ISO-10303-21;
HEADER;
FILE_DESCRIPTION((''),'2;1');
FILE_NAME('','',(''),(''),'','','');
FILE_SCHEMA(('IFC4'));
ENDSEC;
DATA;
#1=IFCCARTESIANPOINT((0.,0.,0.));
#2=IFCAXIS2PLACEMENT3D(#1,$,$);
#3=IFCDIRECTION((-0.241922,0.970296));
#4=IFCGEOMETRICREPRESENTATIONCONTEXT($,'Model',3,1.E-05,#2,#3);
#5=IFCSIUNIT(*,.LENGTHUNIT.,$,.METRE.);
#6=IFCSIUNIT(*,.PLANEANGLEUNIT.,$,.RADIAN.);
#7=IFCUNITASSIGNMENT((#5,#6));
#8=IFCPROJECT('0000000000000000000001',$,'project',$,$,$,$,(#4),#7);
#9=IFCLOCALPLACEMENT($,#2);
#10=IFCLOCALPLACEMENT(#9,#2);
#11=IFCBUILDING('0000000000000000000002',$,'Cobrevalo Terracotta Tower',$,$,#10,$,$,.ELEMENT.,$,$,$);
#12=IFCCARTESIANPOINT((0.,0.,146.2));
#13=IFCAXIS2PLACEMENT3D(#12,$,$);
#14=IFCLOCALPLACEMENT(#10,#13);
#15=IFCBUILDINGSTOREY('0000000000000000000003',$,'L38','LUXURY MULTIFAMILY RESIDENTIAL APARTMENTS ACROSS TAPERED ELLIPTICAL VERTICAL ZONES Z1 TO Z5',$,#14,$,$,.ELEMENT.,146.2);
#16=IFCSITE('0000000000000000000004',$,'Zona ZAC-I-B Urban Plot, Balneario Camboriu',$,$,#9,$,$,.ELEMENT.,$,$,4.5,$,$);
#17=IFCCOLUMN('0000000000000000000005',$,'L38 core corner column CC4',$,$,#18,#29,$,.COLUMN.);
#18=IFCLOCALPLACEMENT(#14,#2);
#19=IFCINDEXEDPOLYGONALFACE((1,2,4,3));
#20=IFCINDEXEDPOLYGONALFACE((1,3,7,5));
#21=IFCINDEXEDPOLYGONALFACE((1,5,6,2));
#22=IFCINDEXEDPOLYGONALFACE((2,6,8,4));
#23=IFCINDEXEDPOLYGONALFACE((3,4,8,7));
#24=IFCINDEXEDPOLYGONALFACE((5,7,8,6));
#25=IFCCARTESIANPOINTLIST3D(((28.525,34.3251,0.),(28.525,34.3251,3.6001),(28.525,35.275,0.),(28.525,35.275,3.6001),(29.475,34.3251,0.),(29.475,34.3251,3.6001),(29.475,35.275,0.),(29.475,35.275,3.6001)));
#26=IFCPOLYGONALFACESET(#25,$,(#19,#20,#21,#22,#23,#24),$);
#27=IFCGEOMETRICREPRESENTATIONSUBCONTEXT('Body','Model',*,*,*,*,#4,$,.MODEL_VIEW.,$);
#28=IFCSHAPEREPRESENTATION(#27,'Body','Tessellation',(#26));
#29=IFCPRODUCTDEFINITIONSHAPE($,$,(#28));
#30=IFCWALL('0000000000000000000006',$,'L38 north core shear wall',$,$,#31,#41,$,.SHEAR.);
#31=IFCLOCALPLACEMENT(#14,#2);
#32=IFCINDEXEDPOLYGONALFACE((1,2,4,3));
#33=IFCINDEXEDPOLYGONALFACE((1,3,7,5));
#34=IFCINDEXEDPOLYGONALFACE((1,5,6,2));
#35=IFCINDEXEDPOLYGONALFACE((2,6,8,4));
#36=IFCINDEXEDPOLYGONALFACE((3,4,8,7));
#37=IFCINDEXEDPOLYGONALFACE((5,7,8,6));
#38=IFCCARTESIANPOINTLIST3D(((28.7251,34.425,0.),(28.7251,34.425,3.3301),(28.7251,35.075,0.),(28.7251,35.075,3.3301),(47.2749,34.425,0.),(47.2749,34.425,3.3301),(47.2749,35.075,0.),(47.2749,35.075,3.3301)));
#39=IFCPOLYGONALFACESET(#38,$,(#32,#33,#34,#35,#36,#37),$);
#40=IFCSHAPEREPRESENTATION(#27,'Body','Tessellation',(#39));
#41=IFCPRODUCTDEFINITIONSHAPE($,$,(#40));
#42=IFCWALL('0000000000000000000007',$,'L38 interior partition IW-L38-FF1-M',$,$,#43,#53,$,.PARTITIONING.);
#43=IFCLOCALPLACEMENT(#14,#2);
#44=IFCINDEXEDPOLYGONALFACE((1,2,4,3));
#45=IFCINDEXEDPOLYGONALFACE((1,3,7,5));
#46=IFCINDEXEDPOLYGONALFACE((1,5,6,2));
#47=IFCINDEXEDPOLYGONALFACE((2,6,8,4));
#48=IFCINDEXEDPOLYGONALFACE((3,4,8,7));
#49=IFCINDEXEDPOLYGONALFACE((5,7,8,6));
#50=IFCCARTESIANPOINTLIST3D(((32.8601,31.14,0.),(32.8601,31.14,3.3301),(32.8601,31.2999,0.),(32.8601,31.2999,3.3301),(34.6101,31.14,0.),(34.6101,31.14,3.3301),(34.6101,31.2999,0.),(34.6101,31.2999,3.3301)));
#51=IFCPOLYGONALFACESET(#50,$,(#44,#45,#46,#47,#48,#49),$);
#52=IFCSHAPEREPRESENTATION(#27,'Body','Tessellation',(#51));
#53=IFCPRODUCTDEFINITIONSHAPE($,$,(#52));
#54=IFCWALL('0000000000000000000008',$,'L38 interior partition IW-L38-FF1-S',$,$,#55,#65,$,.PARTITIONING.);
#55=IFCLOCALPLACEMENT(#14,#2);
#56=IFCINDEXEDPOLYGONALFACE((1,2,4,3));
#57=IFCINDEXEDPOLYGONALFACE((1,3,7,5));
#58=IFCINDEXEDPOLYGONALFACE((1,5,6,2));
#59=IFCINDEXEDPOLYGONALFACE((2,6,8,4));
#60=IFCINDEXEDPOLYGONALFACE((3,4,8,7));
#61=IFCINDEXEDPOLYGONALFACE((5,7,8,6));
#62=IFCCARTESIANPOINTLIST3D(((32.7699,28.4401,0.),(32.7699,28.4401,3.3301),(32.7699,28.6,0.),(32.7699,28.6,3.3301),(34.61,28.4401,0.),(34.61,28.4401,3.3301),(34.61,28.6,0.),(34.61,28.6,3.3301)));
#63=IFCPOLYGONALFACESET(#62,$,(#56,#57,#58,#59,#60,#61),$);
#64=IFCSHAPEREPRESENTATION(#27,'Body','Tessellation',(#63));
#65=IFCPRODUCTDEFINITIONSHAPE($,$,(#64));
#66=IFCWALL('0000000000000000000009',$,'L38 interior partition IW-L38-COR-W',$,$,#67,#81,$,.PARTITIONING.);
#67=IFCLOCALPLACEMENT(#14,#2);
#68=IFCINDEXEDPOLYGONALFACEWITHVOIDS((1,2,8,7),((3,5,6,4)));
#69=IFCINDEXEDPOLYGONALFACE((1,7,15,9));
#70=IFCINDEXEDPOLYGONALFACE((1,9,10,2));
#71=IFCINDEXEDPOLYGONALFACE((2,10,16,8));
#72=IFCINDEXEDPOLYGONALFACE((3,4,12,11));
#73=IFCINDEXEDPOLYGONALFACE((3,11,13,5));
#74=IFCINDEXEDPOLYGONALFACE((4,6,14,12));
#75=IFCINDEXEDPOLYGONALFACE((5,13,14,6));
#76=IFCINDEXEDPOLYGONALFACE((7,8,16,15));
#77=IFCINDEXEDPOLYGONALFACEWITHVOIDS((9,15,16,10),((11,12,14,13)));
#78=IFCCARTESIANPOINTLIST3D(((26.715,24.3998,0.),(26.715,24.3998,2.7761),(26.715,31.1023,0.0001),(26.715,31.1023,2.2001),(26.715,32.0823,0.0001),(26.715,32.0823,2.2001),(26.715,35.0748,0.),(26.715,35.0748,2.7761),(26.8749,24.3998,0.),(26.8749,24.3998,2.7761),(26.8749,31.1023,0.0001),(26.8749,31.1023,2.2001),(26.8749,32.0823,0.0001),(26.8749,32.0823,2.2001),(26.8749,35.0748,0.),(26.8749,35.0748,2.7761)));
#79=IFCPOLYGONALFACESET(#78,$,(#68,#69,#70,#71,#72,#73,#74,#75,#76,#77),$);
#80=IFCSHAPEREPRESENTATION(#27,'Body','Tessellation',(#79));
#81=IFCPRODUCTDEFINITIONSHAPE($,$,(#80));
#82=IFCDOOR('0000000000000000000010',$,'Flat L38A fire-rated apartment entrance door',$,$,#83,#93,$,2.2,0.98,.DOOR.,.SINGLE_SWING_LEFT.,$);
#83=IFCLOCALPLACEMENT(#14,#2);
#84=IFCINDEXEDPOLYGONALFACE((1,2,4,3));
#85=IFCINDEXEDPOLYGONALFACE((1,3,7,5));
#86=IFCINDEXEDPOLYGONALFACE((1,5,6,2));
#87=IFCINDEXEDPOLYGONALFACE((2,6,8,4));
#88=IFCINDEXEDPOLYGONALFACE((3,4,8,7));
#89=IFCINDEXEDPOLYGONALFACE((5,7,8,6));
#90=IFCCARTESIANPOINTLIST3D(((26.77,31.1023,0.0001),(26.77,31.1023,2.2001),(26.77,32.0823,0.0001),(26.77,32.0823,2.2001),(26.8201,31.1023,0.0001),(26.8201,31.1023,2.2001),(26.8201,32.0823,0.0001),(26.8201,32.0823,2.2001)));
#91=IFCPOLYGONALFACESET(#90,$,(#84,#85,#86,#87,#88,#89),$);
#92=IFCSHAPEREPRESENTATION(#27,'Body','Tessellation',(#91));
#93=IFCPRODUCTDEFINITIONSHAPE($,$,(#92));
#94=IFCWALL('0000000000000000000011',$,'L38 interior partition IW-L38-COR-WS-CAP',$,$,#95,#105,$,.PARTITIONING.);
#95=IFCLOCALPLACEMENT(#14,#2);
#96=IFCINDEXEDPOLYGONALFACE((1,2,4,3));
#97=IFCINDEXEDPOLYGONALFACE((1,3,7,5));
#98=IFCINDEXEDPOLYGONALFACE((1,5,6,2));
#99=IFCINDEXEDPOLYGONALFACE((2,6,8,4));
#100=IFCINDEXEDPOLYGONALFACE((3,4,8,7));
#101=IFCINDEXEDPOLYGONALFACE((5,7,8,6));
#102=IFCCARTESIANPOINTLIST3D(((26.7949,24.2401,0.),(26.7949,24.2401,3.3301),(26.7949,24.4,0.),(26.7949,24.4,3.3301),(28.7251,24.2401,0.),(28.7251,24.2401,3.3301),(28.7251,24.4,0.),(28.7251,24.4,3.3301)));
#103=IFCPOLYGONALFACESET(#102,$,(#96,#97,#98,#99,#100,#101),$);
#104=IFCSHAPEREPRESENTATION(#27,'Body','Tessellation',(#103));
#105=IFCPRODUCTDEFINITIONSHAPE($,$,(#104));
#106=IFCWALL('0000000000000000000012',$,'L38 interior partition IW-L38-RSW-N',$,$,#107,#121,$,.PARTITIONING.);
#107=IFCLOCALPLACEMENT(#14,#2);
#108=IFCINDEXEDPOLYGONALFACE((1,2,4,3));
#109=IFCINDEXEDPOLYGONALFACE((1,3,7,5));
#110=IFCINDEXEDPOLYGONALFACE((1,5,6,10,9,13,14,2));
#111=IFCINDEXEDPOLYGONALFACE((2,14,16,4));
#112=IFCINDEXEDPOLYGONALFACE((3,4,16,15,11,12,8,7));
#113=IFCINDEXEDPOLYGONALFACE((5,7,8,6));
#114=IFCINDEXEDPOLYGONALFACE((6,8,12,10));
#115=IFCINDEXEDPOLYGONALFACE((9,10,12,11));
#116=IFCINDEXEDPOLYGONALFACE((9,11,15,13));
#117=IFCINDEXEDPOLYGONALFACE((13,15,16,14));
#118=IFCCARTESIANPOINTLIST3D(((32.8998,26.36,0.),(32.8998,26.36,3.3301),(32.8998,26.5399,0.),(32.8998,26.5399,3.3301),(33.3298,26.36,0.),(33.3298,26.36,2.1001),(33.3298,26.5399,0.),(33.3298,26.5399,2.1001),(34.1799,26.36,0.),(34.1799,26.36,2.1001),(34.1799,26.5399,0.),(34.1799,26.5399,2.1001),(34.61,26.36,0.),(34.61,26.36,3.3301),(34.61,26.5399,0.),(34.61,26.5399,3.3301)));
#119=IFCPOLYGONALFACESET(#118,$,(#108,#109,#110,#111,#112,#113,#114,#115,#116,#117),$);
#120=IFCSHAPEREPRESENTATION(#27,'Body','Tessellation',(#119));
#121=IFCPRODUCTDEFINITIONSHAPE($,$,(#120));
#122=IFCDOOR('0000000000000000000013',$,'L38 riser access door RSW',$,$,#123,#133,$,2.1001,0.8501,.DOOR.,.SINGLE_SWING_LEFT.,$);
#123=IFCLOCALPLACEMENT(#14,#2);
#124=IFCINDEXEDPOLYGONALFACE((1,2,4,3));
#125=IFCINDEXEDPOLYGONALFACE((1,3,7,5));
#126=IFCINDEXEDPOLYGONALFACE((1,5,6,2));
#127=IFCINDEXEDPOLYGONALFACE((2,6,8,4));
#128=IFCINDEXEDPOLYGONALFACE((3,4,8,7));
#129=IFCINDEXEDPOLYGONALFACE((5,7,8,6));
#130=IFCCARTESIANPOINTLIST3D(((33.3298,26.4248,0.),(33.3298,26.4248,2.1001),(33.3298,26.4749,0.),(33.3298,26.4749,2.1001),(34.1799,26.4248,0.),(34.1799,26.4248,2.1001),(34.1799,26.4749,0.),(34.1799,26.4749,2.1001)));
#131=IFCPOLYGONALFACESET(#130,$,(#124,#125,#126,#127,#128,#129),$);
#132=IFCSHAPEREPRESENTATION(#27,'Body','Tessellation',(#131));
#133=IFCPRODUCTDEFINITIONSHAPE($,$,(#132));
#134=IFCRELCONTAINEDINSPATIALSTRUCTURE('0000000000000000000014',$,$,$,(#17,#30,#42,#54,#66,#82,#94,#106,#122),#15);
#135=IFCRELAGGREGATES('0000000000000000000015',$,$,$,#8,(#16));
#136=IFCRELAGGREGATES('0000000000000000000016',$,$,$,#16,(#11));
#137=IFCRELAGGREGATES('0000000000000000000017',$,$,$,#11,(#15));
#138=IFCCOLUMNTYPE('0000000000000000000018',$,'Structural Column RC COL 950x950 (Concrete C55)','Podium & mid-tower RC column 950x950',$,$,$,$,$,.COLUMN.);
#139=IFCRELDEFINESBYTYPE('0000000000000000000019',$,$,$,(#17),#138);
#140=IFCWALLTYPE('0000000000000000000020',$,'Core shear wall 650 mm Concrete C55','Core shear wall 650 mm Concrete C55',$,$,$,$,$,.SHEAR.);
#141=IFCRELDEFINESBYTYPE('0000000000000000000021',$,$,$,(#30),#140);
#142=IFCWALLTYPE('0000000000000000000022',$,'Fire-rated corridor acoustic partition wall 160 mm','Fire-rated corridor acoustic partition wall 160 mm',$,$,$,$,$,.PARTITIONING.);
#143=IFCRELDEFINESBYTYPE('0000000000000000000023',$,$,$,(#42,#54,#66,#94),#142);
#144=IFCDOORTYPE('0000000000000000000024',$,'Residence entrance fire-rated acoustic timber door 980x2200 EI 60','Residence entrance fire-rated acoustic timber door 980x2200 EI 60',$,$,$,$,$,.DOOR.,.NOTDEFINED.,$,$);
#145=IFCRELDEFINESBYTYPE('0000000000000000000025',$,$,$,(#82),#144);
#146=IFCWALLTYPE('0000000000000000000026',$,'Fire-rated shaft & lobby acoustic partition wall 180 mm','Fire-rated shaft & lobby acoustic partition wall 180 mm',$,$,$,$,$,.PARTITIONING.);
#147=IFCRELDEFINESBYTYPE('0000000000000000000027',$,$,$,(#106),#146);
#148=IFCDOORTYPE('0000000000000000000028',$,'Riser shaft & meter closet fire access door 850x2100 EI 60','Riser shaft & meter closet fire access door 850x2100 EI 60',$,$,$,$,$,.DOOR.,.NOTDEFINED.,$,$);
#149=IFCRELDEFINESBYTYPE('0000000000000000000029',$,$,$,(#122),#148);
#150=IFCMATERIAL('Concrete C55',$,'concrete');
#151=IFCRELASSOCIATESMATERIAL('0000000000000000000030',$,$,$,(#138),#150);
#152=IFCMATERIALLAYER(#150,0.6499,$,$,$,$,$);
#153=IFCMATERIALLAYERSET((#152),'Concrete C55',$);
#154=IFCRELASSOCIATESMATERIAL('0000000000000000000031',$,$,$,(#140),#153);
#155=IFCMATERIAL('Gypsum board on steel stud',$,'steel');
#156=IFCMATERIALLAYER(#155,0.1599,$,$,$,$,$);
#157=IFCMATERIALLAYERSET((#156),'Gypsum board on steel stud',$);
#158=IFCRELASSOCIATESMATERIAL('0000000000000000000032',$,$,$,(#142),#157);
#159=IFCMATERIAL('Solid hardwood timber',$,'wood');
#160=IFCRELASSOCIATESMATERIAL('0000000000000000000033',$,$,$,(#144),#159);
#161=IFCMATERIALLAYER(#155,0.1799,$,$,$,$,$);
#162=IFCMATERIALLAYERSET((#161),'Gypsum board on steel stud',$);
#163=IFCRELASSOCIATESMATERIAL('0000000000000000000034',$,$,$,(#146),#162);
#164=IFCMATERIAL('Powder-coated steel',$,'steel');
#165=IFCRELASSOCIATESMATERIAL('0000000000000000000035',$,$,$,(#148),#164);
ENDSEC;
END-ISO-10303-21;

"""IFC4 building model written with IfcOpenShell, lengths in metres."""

from ifc_helpers import new_model, si_unit, direction, frame, frame_2d, origin, origin_2d, place, context, subcontext, project, spatial, rectangle, extrude, source, transform, mapped, material, layer, layer_set, material_profile, profile_set, type_object, element, fill, save


model = new_model("IFC4")

# Units and contexts
model_context = context("Model", 3, precision=1e-05, world=origin(), true_north=direction((-0.241922, 0.970296)))
body_context = subcontext(model_context, "Body", "Model", "MODEL_VIEW")
ifc_project = project(units=[si_unit("LENGTHUNIT", "METRE"), si_unit("PLANEANGLEUNIT", "RADIAN")], contexts=[model_context])

# Site, building, storey
site_placement = place(None, origin())
site = spatial("IfcSite", under=ifc_project, at=site_placement, Name="Zona ZAC-I-B Urban Plot, Balneario Camboriu", CompositionType="ELEMENT", RefElevation=4.5)
building_placement = place(site_placement, origin())
building = spatial("IfcBuilding", under=site, at=building_placement, Name="Cobrevalo Terracotta Tower", CompositionType="ELEMENT")
storey_placement = place(building_placement, frame((0.0, 0.0, 146.2)))
storey = spatial("IfcBuildingStorey", under=building, at=storey_placement, Name="L38", Description="LUXURY MULTIFAMILY RESIDENTIAL APARTMENTS ACROSS TAPERED ELLIPTICAL VERTICAL ZONES Z1 TO Z5", CompositionType="ELEMENT", Elevation=146.2)

# Column
ifc_material_1 = material(Name="Concrete C55", Category="concrete")
ifc_material_profile = material_profile(ifc_material_1, rectangle(XDim=0.95, YDim=0.95, at=origin_2d()), Name="RC COL 950x950")
ifc_profile_set = profile_set([ifc_material_profile], Name="Concrete C55")
column_type = type_object("IfcColumnType", Name="Structural Column RC COL 950x950 (Concrete C55)", Description="Podium & mid-tower RC column 950x950", PredefinedType="COLUMN", material=ifc_profile_set)
column_placement = place(storey_placement, frame((29.0, 34.8, 0.0), z_axis=(0.0, 0.0, 1.0), x_axis=(1.0, 0.0, 0.0)))
element("IfcColumn", 1, at=column_placement, inside=storey, type_object=column_type, Name="L38 core corner column CC4", PredefinedType="COLUMN", context=body_context, shape_type="SweptSolid", body=[
    extrude(rectangle(XDim=0.95, YDim=0.95, at=origin_2d()), origin(), (0.0, 0.0, 1.0), 3.6001),
])

# Walls
ifc_layer_1 = layer(ifc_material_1, 0.6499)
ifc_layer_set_1 = layer_set([ifc_layer_1], Name="Concrete C55")
wall_type_1 = type_object("IfcWallType", Name="Core shear wall 650 mm Concrete C55", Description="Core shear wall 650 mm Concrete C55", PredefinedType="SHEAR", material=ifc_layer_set_1)
wall_1_placement = place(storey_placement, frame((28.7251, 34.75, 0.0), z_axis=(0.0, 0.0, 1.0), x_axis=(1.0, 0.0, 0.0)))
element("IfcWall", 2, at=wall_1_placement, inside=storey, type_object=wall_type_1, Name="L38 north core shear wall", PredefinedType="SHEAR", context=body_context, shape_type="SweptSolid", body=[
    extrude(rectangle(XDim=18.5498, YDim=0.6499, at=frame_2d((9.2749, 0.0))), origin(), (0.0, 0.0, 1.0), 3.3301),
])
ifc_material_2 = material(Name="Gypsum board on steel stud", Category="steel")
ifc_layer_2 = layer(ifc_material_2, 0.1599)
ifc_layer_set_2 = layer_set([ifc_layer_2], Name="Gypsum board on steel stud")
wall_type_2 = type_object("IfcWallType", Name="Fire-rated corridor acoustic partition wall 160 mm", Description="Fire-rated corridor acoustic partition wall 160 mm", PredefinedType="PARTITIONING", material=ifc_layer_set_2)
wall_2_placement = place(storey_placement, frame((32.8601, 31.22, 0.0), z_axis=(0.0, 0.0, 1.0), x_axis=(1.0, 0.0, 0.0)))
element("IfcWall", 3, at=wall_2_placement, inside=storey, type_object=wall_type_2, Name="L38 interior partition IW-L38-FF1-M", PredefinedType="PARTITIONING", context=body_context, shape_type="SweptSolid", body=[
    extrude(rectangle(XDim=1.75, YDim=0.1599, at=frame_2d((0.875, 0.0))), origin(), (0.0, 0.0, 1.0), 3.3301),
])
wall_3_placement = place(storey_placement, frame((32.77, 28.52, 0.0), z_axis=(0.0, 0.0, 1.0), x_axis=(1.0, 0.0, 0.0)))
element("IfcWall", 4, at=wall_3_placement, inside=storey, type_object=wall_type_2, Name="L38 interior partition IW-L38-FF1-S", PredefinedType="PARTITIONING", context=body_context, shape_type="SweptSolid", body=[
    extrude(rectangle(XDim=1.8401, YDim=0.1599, at=frame_2d((0.9199, 0.0))), origin(), (0.0, 0.0, 1.0), 3.3301),
])

# Wall, opening, door
wall_4_placement = place(storey_placement, frame((26.7949, 24.3999, 0.0), z_axis=(0.0, 0.0, 1.0), x_axis=(0.0, 1.0, 0.0)))
wall_4 = element("IfcWall", 5, at=wall_4_placement, inside=storey, type_object=wall_type_2, Name="L38 interior partition IW-L38-COR-W", PredefinedType="PARTITIONING", context=body_context, shape_type="SweptSolid", body=[
    extrude(rectangle(XDim=10.675, YDim=0.1599, at=frame_2d((5.3374, 0.0))), origin(), (0.0, 0.0, 1.0), 2.7761),
])
opening_1_placement = place(wall_4_placement, frame((6.7024, 0.0, 0.0)))
opening_1 = element("IfcOpeningElement", 6, at=opening_1_placement, cuts=wall_4, PredefinedType="OPENING", context=body_context, shape_type="SweptSolid", body=[
    extrude(rectangle(XDim=0.98, YDim=2.2, at=frame_2d((0.49, 1.1001))), frame((0.0, 0.0898, 0.0), z_axis=(0.0, -1.0, 0.0), x_axis=(1.0, 0.0, 0.0)), (0.0, 0.0, 1.0), 0.1799),
])
ifc_material_3 = material(Name="Solid hardwood timber", Category="wood")
door_type_1 = type_object("IfcDoorType", Name="Residence entrance fire-rated acoustic timber door 980x2200 EI 60", Description="Residence entrance fire-rated acoustic timber door 980x2200 EI 60", OperationType="NOTDEFINED", PredefinedType="DOOR", material=ifc_material_3)
shared_shape_1 = source(origin(), body_context, "Body", "SweptSolid", [
    extrude(rectangle(XDim=0.98, YDim=2.2, at=frame_2d((0.49, 1.1001))), frame((0.0, 0.0249, 0.0), z_axis=(0.0, -1.0, 0.0), x_axis=(1.0, 0.0, 0.0)), (0.0, 0.0, 1.0), 0.05),
])
door_1_placement = place(opening_1_placement, origin())
door_1 = element("IfcDoor", 7, at=door_1_placement, inside=storey, type_object=door_type_1, Name="Flat L38A fire-rated apartment entrance door", OperationType="SINGLE_SWING_LEFT", OverallHeight=2.2, OverallWidth=0.98, PredefinedType="DOOR", context=body_context, shape_type="MappedRepresentation", body=[
    mapped(shared_shape_1, transform((0.0, 0.0, 0.0), scale=1.0)),
])
fill(opening_1, door_1)

# Wall
wall_5_placement = place(storey_placement, frame((26.7949, 24.3201, 0.0), z_axis=(0.0, 0.0, 1.0), x_axis=(1.0, 0.0, 0.0)))
element("IfcWall", 8, at=wall_5_placement, inside=storey, type_object=wall_type_2, Name="L38 interior partition IW-L38-COR-WS-CAP", PredefinedType="PARTITIONING", context=body_context, shape_type="SweptSolid", body=[
    extrude(rectangle(XDim=1.9302, YDim=0.1599, at=frame_2d((0.9651, 0.0))), origin(), (0.0, 0.0, 1.0), 3.3301),
])

# Wall, opening, door
ifc_layer_3 = layer(ifc_material_2, 0.1799)
ifc_layer_set_3 = layer_set([ifc_layer_3], Name="Gypsum board on steel stud")
wall_type_3 = type_object("IfcWallType", Name="Fire-rated shaft & lobby acoustic partition wall 180 mm", Description="Fire-rated shaft & lobby acoustic partition wall 180 mm", PredefinedType="PARTITIONING", material=ifc_layer_set_3)
wall_6_placement = place(storey_placement, frame((32.8999, 26.45, 0.0), z_axis=(0.0, 0.0, 1.0), x_axis=(1.0, 0.0, 0.0)))
wall_6 = element("IfcWall", 9, at=wall_6_placement, inside=storey, type_object=wall_type_3, Name="L38 interior partition IW-L38-RSW-N", PredefinedType="PARTITIONING", context=body_context, shape_type="SweptSolid", body=[
    extrude(rectangle(XDim=1.7102, YDim=0.1799, at=frame_2d((0.855, 0.0))), origin(), (0.0, 0.0, 1.0), 3.3301),
])
opening_2_placement = place(wall_6_placement, frame((0.4299, 0.0, 0.0)))
opening_2 = element("IfcOpeningElement", 10, at=opening_2_placement, cuts=wall_6, PredefinedType="OPENING", context=body_context, shape_type="SweptSolid", body=[
    extrude(rectangle(XDim=0.8501, YDim=2.1001, at=frame_2d((0.425, 1.05))), frame((0.0, 0.1001, 0.0), z_axis=(0.0, -1.0, 0.0), x_axis=(1.0, 0.0, 0.0)), (0.0, 0.0, 1.0), 0.2),
])
ifc_material_4 = material(Name="Powder-coated steel", Category="steel")
door_type_2 = type_object("IfcDoorType", Name="Riser shaft & meter closet fire access door 850x2100 EI 60", Description="Riser shaft & meter closet fire access door 850x2100 EI 60", OperationType="NOTDEFINED", PredefinedType="DOOR", material=ifc_material_4)
shared_shape_2 = source(origin(), body_context, "Body", "SweptSolid", [
    extrude(rectangle(XDim=0.8501, YDim=2.1001, at=frame_2d((0.425, 1.05))), frame((0.0, 0.0249, 0.0), z_axis=(0.0, -1.0, 0.0), x_axis=(1.0, 0.0, 0.0)), (0.0, 0.0, 1.0), 0.05),
])
door_2_placement = place(opening_2_placement, origin())
door_2 = element("IfcDoor", 11, at=door_2_placement, inside=storey, type_object=door_type_2, Name="L38 riser access door RSW", OperationType="SINGLE_SWING_LEFT", OverallHeight=2.1001, OverallWidth=0.8501, PredefinedType="DOOR", context=body_context, shape_type="MappedRepresentation", body=[
    mapped(shared_shape_2, transform((0.0, 0.0, 0.0), scale=1.0)),
])
fill(opening_2, door_2)

save(model, "model.ifc")
